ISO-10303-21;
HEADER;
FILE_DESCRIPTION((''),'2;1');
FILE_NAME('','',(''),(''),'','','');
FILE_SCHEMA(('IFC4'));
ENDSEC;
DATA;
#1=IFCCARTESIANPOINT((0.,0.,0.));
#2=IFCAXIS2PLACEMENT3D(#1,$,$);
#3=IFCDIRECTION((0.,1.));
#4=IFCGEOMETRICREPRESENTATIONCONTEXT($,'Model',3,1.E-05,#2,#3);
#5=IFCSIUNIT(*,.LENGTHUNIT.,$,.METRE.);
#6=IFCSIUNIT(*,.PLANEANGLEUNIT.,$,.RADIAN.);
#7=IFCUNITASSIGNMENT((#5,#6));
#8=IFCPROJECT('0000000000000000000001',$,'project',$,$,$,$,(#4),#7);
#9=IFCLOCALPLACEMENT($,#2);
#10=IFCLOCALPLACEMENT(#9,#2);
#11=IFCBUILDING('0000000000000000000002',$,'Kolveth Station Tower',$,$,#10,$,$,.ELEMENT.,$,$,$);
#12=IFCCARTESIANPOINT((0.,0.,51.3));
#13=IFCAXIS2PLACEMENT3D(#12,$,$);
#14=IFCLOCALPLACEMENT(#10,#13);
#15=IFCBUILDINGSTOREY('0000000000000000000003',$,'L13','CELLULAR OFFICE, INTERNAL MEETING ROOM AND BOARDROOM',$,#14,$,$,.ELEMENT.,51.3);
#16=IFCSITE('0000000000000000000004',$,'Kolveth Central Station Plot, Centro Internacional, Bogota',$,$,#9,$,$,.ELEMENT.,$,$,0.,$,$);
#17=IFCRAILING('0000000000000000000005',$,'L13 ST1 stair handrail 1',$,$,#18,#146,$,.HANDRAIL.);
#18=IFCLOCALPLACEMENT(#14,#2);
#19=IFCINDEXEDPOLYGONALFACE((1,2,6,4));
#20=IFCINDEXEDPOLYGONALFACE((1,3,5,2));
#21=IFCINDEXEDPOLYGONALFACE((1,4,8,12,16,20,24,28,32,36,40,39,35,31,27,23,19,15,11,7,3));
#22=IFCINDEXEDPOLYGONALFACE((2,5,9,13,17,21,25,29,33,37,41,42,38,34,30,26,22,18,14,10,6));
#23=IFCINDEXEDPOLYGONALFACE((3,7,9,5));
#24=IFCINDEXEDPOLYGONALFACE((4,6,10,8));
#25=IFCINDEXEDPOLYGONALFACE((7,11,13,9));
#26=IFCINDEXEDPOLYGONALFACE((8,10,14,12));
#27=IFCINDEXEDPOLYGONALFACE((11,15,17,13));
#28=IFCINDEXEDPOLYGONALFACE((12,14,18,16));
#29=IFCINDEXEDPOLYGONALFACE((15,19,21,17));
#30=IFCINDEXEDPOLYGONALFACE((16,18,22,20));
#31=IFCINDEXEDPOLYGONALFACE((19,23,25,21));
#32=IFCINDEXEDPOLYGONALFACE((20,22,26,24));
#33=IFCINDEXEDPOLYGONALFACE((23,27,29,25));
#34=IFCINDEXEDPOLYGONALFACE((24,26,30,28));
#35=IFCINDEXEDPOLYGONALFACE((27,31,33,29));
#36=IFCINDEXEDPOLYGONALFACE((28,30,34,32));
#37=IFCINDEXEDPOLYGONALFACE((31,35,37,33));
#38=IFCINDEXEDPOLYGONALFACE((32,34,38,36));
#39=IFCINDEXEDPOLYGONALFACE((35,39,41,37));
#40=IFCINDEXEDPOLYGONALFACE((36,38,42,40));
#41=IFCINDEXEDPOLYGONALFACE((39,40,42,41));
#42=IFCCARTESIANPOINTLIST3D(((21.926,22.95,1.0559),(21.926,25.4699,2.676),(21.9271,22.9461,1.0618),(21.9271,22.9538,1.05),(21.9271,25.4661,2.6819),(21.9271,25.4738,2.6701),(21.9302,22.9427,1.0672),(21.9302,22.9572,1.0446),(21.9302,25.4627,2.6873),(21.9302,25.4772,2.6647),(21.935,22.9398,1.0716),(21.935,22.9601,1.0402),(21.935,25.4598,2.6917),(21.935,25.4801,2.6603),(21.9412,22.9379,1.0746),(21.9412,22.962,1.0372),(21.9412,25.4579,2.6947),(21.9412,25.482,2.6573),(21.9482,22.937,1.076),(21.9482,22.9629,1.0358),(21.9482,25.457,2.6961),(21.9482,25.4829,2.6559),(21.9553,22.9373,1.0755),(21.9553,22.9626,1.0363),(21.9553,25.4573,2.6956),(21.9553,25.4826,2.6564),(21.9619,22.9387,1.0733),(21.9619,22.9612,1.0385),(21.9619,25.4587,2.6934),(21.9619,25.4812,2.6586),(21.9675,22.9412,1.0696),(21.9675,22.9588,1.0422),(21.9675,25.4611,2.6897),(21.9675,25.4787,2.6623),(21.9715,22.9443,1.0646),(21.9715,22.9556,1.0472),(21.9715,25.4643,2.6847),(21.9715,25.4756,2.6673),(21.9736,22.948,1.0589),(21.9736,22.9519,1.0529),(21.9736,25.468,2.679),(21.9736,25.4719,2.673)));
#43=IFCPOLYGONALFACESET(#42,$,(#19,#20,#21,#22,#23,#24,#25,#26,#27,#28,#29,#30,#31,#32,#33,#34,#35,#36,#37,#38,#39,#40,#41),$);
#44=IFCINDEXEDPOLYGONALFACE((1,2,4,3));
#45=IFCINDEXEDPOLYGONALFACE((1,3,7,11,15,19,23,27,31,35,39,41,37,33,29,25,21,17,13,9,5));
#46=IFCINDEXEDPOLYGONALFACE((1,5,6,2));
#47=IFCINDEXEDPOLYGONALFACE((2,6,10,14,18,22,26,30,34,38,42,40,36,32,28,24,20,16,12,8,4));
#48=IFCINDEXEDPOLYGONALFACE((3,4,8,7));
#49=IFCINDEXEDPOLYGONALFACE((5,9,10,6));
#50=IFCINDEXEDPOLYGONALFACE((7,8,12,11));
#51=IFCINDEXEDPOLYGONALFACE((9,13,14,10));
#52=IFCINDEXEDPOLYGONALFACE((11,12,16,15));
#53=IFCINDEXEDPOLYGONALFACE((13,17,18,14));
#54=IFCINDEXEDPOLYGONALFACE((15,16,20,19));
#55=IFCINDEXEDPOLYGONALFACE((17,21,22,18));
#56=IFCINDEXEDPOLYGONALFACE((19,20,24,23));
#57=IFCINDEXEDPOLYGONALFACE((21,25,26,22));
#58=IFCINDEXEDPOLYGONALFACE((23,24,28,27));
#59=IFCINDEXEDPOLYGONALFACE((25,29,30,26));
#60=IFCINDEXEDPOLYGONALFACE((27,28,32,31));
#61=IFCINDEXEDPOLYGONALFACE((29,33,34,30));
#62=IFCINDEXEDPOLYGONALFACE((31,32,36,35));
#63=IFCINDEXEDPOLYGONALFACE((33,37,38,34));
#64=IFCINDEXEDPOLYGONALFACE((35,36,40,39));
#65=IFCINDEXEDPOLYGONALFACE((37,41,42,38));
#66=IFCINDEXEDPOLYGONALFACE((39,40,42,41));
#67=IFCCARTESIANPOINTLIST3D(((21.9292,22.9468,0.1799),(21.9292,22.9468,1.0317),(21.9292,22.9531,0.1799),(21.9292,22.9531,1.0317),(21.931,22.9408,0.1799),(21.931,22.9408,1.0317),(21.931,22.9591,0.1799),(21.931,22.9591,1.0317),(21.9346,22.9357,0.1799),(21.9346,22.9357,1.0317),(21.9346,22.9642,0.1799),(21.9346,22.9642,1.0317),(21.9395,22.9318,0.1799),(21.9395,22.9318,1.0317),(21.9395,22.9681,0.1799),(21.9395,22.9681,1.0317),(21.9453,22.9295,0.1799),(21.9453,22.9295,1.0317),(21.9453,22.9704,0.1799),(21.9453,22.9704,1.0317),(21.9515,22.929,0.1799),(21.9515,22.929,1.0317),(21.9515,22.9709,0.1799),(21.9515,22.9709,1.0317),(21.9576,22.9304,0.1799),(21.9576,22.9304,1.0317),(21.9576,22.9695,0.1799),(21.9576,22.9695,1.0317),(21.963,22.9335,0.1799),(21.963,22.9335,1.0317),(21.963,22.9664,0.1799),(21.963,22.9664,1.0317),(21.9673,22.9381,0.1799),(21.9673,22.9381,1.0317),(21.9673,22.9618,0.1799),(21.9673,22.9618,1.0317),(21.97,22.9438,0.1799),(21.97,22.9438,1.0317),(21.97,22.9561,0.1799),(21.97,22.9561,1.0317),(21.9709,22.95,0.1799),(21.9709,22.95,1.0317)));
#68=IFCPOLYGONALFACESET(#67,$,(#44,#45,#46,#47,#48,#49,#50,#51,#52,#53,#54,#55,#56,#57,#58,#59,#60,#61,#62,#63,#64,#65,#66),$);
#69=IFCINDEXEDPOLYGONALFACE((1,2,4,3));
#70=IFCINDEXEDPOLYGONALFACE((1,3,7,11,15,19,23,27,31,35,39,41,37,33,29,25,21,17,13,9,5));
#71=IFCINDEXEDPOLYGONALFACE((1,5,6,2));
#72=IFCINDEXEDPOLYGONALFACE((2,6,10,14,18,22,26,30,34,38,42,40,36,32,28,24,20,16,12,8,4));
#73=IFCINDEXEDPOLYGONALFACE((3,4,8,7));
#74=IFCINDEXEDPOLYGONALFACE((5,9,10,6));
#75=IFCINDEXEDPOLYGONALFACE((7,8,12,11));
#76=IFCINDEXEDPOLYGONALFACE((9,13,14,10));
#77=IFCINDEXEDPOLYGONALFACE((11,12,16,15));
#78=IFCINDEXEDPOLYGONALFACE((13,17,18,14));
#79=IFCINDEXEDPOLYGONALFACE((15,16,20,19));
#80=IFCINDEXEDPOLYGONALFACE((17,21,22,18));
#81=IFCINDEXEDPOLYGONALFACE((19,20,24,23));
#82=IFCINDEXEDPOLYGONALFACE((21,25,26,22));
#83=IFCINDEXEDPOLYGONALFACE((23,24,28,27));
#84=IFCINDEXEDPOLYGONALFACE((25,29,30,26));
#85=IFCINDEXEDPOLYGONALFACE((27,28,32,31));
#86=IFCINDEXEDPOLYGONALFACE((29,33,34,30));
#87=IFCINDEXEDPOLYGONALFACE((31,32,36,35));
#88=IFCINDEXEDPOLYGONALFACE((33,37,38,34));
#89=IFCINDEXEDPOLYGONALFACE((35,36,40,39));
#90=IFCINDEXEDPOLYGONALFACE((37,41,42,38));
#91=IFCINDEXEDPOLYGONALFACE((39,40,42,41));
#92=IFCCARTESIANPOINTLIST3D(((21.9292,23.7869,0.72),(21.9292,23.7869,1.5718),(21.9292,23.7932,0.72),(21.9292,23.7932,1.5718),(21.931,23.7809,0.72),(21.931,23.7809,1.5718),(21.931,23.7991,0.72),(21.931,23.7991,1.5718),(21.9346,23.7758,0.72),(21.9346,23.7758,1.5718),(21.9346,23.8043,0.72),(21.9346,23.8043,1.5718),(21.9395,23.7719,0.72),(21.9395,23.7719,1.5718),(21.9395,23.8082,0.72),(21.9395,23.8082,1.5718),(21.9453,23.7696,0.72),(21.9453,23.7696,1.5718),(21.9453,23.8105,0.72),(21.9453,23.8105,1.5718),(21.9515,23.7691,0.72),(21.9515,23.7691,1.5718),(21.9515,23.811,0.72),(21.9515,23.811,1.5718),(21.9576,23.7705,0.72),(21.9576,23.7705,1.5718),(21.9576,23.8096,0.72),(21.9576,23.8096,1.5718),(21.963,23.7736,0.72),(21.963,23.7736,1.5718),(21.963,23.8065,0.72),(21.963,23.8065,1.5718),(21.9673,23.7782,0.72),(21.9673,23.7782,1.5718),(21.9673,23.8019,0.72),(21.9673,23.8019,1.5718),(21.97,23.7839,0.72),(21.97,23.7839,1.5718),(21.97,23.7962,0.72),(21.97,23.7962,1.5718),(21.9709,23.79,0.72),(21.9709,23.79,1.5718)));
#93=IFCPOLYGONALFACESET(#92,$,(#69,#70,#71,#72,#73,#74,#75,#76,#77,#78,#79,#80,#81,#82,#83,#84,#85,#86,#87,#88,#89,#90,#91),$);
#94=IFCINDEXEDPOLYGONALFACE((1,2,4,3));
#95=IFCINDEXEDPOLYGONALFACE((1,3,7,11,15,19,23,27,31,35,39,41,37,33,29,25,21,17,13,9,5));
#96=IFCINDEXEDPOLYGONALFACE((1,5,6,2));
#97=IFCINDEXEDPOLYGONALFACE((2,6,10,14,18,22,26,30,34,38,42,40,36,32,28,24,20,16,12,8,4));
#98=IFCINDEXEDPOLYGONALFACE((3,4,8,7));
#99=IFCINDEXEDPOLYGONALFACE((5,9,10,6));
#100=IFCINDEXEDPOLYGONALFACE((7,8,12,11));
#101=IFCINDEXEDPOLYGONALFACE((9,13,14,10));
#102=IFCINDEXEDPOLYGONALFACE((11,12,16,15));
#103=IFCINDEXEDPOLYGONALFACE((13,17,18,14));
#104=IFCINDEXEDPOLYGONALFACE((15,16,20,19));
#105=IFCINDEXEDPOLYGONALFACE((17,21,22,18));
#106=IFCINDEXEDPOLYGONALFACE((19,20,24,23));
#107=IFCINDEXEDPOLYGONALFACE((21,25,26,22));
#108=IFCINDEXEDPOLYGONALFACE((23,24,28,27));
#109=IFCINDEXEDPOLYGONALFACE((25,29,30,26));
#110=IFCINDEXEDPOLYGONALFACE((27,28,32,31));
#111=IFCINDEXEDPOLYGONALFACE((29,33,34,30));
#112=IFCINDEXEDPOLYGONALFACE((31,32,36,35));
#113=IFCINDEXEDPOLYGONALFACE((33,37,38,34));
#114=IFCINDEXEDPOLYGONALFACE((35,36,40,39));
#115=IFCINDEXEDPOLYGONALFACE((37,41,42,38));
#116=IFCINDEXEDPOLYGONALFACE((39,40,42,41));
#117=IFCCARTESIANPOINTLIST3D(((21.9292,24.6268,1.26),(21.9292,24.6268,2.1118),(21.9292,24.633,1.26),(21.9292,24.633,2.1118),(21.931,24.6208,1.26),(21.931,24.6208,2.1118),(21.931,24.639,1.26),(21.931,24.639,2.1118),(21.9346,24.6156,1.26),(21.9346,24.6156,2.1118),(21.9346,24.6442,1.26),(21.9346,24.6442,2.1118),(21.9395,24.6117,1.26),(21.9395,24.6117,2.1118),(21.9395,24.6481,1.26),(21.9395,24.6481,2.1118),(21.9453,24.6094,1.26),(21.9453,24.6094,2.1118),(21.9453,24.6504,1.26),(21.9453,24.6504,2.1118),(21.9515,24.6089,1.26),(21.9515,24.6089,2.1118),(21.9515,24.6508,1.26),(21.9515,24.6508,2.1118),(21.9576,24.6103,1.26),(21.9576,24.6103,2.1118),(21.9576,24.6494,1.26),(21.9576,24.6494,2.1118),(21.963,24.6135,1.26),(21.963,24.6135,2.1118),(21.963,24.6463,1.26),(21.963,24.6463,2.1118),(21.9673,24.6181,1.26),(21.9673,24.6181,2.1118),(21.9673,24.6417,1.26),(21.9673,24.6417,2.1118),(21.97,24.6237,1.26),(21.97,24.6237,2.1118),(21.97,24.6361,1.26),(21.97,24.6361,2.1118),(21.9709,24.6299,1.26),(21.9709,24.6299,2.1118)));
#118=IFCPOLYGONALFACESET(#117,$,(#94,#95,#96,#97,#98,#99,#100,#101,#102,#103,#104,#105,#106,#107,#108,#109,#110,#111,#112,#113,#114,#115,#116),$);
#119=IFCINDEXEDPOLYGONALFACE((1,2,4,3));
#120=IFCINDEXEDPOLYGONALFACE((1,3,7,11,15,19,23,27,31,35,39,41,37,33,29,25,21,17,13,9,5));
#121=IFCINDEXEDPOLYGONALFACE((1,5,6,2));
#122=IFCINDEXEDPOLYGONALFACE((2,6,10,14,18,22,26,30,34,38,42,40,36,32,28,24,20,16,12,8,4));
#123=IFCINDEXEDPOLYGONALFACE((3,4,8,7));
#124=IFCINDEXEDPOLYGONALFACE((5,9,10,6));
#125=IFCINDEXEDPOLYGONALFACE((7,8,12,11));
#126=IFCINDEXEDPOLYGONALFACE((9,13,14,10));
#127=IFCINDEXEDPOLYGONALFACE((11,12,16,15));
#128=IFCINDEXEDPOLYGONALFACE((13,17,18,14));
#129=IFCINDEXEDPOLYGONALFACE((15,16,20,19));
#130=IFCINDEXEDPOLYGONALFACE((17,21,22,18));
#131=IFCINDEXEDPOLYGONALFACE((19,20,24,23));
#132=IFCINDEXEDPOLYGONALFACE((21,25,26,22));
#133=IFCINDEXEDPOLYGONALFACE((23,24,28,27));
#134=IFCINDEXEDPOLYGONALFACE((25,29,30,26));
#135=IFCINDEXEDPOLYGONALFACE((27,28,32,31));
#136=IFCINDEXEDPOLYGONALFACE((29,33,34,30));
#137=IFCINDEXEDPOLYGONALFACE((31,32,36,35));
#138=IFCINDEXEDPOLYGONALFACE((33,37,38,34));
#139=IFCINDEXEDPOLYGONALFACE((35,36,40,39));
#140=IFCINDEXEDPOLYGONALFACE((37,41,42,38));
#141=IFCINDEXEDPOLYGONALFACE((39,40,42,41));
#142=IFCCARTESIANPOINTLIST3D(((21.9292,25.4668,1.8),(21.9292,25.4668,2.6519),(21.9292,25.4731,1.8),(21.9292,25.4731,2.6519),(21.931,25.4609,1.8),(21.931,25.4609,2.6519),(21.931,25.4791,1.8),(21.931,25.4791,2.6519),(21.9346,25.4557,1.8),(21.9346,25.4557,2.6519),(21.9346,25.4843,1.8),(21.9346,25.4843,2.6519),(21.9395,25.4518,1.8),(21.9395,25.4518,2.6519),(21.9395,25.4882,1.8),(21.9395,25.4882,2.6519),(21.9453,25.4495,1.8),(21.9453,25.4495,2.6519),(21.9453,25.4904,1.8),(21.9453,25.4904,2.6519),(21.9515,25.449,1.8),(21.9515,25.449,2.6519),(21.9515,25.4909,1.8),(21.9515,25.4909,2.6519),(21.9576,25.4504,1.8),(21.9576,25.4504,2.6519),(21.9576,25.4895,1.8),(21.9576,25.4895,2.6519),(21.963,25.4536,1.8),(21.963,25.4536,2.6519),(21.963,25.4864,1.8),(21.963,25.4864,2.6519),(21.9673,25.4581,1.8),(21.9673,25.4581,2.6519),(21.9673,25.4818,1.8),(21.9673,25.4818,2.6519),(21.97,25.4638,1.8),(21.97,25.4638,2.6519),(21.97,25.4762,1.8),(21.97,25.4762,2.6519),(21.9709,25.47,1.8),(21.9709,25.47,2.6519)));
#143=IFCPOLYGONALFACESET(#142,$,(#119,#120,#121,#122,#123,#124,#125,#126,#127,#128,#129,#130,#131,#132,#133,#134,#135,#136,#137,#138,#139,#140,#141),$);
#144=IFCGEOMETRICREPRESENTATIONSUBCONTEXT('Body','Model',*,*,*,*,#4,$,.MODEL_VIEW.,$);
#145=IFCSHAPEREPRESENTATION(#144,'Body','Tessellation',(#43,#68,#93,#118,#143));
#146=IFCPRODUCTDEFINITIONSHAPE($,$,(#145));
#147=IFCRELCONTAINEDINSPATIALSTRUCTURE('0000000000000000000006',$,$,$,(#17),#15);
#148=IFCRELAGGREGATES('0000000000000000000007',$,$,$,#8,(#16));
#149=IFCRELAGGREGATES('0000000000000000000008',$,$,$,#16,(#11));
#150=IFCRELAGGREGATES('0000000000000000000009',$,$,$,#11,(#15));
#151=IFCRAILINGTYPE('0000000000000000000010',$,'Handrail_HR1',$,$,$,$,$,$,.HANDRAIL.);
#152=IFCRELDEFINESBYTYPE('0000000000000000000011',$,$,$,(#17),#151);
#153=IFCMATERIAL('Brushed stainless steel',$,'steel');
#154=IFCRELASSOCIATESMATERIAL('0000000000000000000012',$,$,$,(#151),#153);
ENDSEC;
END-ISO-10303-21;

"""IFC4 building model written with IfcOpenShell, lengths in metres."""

from ifc_helpers import new_model, si_unit, direction, frame, origin, origin_2d, place, context, subcontext, project, spatial, circle, extrude, material, type_object, element, save


model = new_model("IFC4")

# Units and contexts
model_context = context("Model", 3, precision=1e-05, world=origin(), true_north=direction((0.0, 1.0)))
body_context = subcontext(model_context, "Body", "Model", "MODEL_VIEW")
ifc_project = project(units=[si_unit("LENGTHUNIT", "METRE"), si_unit("PLANEANGLEUNIT", "RADIAN")], contexts=[model_context])

# Site, building, storey
site_placement = place(None, origin())
site = spatial("IfcSite", under=ifc_project, at=site_placement, Name="Kolveth Central Station Plot, Centro Internacional, Bogota", CompositionType="ELEMENT", RefElevation=0.0)
building_placement = place(site_placement, origin())
building = spatial("IfcBuilding", under=site, at=building_placement, Name="Kolveth Station Tower", CompositionType="ELEMENT")
storey_placement = place(building_placement, frame((0.0, 0.0, 51.3)))
storey = spatial("IfcBuildingStorey", under=building, at=storey_placement, Name="L13", Description="CELLULAR OFFICE, INTERNAL MEETING ROOM AND BOARDROOM", CompositionType="ELEMENT", Elevation=51.3)

# Railing
ifc_material_1 = material(Name="Brushed stainless steel", Category="steel")
railing_type_1 = type_object("IfcRailingType", Name="Handrail_HR1", PredefinedType="HANDRAIL", material=ifc_material_1)
railing_1_placement = place(storey_placement, frame((21.95, 22.95, 0.1799)))
element("IfcRailing", 1, at=railing_1_placement, inside=storey, type_object=railing_type_1, Name="L13 ST1 stair handrail 1", PredefinedType="HANDRAIL", context=body_context, shape_type="SweptSolid", body=[
    extrude(circle(Radius=0.0239, at=origin_2d()), frame((0.0, 0.0, 0.876), z_axis=(0.0, 0.841163, 0.540782), x_axis=(-1.0, 0.0, 0.0)), (0.0, 0.0, 1.0), 2.9958),
    extrude(circle(Radius=0.021, at=origin_2d()), origin(), (0.0, 0.0, 1.0), 0.8518),
    extrude(circle(Radius=0.021, at=origin_2d()), frame((0.0, 0.8401, 0.54)), (0.0, 0.0, 1.0), 0.8518),
    extrude(circle(Radius=0.021, at=origin_2d()), frame((0.0, 1.6799, 1.0801)), (0.0, 0.0, 1.0), 0.8518),
    extrude(circle(Radius=0.021, at=origin_2d()), frame((0.0, 2.52, 1.6201)), (0.0, 0.0, 1.0), 0.8518),
])

save(model, "model.ifc")
